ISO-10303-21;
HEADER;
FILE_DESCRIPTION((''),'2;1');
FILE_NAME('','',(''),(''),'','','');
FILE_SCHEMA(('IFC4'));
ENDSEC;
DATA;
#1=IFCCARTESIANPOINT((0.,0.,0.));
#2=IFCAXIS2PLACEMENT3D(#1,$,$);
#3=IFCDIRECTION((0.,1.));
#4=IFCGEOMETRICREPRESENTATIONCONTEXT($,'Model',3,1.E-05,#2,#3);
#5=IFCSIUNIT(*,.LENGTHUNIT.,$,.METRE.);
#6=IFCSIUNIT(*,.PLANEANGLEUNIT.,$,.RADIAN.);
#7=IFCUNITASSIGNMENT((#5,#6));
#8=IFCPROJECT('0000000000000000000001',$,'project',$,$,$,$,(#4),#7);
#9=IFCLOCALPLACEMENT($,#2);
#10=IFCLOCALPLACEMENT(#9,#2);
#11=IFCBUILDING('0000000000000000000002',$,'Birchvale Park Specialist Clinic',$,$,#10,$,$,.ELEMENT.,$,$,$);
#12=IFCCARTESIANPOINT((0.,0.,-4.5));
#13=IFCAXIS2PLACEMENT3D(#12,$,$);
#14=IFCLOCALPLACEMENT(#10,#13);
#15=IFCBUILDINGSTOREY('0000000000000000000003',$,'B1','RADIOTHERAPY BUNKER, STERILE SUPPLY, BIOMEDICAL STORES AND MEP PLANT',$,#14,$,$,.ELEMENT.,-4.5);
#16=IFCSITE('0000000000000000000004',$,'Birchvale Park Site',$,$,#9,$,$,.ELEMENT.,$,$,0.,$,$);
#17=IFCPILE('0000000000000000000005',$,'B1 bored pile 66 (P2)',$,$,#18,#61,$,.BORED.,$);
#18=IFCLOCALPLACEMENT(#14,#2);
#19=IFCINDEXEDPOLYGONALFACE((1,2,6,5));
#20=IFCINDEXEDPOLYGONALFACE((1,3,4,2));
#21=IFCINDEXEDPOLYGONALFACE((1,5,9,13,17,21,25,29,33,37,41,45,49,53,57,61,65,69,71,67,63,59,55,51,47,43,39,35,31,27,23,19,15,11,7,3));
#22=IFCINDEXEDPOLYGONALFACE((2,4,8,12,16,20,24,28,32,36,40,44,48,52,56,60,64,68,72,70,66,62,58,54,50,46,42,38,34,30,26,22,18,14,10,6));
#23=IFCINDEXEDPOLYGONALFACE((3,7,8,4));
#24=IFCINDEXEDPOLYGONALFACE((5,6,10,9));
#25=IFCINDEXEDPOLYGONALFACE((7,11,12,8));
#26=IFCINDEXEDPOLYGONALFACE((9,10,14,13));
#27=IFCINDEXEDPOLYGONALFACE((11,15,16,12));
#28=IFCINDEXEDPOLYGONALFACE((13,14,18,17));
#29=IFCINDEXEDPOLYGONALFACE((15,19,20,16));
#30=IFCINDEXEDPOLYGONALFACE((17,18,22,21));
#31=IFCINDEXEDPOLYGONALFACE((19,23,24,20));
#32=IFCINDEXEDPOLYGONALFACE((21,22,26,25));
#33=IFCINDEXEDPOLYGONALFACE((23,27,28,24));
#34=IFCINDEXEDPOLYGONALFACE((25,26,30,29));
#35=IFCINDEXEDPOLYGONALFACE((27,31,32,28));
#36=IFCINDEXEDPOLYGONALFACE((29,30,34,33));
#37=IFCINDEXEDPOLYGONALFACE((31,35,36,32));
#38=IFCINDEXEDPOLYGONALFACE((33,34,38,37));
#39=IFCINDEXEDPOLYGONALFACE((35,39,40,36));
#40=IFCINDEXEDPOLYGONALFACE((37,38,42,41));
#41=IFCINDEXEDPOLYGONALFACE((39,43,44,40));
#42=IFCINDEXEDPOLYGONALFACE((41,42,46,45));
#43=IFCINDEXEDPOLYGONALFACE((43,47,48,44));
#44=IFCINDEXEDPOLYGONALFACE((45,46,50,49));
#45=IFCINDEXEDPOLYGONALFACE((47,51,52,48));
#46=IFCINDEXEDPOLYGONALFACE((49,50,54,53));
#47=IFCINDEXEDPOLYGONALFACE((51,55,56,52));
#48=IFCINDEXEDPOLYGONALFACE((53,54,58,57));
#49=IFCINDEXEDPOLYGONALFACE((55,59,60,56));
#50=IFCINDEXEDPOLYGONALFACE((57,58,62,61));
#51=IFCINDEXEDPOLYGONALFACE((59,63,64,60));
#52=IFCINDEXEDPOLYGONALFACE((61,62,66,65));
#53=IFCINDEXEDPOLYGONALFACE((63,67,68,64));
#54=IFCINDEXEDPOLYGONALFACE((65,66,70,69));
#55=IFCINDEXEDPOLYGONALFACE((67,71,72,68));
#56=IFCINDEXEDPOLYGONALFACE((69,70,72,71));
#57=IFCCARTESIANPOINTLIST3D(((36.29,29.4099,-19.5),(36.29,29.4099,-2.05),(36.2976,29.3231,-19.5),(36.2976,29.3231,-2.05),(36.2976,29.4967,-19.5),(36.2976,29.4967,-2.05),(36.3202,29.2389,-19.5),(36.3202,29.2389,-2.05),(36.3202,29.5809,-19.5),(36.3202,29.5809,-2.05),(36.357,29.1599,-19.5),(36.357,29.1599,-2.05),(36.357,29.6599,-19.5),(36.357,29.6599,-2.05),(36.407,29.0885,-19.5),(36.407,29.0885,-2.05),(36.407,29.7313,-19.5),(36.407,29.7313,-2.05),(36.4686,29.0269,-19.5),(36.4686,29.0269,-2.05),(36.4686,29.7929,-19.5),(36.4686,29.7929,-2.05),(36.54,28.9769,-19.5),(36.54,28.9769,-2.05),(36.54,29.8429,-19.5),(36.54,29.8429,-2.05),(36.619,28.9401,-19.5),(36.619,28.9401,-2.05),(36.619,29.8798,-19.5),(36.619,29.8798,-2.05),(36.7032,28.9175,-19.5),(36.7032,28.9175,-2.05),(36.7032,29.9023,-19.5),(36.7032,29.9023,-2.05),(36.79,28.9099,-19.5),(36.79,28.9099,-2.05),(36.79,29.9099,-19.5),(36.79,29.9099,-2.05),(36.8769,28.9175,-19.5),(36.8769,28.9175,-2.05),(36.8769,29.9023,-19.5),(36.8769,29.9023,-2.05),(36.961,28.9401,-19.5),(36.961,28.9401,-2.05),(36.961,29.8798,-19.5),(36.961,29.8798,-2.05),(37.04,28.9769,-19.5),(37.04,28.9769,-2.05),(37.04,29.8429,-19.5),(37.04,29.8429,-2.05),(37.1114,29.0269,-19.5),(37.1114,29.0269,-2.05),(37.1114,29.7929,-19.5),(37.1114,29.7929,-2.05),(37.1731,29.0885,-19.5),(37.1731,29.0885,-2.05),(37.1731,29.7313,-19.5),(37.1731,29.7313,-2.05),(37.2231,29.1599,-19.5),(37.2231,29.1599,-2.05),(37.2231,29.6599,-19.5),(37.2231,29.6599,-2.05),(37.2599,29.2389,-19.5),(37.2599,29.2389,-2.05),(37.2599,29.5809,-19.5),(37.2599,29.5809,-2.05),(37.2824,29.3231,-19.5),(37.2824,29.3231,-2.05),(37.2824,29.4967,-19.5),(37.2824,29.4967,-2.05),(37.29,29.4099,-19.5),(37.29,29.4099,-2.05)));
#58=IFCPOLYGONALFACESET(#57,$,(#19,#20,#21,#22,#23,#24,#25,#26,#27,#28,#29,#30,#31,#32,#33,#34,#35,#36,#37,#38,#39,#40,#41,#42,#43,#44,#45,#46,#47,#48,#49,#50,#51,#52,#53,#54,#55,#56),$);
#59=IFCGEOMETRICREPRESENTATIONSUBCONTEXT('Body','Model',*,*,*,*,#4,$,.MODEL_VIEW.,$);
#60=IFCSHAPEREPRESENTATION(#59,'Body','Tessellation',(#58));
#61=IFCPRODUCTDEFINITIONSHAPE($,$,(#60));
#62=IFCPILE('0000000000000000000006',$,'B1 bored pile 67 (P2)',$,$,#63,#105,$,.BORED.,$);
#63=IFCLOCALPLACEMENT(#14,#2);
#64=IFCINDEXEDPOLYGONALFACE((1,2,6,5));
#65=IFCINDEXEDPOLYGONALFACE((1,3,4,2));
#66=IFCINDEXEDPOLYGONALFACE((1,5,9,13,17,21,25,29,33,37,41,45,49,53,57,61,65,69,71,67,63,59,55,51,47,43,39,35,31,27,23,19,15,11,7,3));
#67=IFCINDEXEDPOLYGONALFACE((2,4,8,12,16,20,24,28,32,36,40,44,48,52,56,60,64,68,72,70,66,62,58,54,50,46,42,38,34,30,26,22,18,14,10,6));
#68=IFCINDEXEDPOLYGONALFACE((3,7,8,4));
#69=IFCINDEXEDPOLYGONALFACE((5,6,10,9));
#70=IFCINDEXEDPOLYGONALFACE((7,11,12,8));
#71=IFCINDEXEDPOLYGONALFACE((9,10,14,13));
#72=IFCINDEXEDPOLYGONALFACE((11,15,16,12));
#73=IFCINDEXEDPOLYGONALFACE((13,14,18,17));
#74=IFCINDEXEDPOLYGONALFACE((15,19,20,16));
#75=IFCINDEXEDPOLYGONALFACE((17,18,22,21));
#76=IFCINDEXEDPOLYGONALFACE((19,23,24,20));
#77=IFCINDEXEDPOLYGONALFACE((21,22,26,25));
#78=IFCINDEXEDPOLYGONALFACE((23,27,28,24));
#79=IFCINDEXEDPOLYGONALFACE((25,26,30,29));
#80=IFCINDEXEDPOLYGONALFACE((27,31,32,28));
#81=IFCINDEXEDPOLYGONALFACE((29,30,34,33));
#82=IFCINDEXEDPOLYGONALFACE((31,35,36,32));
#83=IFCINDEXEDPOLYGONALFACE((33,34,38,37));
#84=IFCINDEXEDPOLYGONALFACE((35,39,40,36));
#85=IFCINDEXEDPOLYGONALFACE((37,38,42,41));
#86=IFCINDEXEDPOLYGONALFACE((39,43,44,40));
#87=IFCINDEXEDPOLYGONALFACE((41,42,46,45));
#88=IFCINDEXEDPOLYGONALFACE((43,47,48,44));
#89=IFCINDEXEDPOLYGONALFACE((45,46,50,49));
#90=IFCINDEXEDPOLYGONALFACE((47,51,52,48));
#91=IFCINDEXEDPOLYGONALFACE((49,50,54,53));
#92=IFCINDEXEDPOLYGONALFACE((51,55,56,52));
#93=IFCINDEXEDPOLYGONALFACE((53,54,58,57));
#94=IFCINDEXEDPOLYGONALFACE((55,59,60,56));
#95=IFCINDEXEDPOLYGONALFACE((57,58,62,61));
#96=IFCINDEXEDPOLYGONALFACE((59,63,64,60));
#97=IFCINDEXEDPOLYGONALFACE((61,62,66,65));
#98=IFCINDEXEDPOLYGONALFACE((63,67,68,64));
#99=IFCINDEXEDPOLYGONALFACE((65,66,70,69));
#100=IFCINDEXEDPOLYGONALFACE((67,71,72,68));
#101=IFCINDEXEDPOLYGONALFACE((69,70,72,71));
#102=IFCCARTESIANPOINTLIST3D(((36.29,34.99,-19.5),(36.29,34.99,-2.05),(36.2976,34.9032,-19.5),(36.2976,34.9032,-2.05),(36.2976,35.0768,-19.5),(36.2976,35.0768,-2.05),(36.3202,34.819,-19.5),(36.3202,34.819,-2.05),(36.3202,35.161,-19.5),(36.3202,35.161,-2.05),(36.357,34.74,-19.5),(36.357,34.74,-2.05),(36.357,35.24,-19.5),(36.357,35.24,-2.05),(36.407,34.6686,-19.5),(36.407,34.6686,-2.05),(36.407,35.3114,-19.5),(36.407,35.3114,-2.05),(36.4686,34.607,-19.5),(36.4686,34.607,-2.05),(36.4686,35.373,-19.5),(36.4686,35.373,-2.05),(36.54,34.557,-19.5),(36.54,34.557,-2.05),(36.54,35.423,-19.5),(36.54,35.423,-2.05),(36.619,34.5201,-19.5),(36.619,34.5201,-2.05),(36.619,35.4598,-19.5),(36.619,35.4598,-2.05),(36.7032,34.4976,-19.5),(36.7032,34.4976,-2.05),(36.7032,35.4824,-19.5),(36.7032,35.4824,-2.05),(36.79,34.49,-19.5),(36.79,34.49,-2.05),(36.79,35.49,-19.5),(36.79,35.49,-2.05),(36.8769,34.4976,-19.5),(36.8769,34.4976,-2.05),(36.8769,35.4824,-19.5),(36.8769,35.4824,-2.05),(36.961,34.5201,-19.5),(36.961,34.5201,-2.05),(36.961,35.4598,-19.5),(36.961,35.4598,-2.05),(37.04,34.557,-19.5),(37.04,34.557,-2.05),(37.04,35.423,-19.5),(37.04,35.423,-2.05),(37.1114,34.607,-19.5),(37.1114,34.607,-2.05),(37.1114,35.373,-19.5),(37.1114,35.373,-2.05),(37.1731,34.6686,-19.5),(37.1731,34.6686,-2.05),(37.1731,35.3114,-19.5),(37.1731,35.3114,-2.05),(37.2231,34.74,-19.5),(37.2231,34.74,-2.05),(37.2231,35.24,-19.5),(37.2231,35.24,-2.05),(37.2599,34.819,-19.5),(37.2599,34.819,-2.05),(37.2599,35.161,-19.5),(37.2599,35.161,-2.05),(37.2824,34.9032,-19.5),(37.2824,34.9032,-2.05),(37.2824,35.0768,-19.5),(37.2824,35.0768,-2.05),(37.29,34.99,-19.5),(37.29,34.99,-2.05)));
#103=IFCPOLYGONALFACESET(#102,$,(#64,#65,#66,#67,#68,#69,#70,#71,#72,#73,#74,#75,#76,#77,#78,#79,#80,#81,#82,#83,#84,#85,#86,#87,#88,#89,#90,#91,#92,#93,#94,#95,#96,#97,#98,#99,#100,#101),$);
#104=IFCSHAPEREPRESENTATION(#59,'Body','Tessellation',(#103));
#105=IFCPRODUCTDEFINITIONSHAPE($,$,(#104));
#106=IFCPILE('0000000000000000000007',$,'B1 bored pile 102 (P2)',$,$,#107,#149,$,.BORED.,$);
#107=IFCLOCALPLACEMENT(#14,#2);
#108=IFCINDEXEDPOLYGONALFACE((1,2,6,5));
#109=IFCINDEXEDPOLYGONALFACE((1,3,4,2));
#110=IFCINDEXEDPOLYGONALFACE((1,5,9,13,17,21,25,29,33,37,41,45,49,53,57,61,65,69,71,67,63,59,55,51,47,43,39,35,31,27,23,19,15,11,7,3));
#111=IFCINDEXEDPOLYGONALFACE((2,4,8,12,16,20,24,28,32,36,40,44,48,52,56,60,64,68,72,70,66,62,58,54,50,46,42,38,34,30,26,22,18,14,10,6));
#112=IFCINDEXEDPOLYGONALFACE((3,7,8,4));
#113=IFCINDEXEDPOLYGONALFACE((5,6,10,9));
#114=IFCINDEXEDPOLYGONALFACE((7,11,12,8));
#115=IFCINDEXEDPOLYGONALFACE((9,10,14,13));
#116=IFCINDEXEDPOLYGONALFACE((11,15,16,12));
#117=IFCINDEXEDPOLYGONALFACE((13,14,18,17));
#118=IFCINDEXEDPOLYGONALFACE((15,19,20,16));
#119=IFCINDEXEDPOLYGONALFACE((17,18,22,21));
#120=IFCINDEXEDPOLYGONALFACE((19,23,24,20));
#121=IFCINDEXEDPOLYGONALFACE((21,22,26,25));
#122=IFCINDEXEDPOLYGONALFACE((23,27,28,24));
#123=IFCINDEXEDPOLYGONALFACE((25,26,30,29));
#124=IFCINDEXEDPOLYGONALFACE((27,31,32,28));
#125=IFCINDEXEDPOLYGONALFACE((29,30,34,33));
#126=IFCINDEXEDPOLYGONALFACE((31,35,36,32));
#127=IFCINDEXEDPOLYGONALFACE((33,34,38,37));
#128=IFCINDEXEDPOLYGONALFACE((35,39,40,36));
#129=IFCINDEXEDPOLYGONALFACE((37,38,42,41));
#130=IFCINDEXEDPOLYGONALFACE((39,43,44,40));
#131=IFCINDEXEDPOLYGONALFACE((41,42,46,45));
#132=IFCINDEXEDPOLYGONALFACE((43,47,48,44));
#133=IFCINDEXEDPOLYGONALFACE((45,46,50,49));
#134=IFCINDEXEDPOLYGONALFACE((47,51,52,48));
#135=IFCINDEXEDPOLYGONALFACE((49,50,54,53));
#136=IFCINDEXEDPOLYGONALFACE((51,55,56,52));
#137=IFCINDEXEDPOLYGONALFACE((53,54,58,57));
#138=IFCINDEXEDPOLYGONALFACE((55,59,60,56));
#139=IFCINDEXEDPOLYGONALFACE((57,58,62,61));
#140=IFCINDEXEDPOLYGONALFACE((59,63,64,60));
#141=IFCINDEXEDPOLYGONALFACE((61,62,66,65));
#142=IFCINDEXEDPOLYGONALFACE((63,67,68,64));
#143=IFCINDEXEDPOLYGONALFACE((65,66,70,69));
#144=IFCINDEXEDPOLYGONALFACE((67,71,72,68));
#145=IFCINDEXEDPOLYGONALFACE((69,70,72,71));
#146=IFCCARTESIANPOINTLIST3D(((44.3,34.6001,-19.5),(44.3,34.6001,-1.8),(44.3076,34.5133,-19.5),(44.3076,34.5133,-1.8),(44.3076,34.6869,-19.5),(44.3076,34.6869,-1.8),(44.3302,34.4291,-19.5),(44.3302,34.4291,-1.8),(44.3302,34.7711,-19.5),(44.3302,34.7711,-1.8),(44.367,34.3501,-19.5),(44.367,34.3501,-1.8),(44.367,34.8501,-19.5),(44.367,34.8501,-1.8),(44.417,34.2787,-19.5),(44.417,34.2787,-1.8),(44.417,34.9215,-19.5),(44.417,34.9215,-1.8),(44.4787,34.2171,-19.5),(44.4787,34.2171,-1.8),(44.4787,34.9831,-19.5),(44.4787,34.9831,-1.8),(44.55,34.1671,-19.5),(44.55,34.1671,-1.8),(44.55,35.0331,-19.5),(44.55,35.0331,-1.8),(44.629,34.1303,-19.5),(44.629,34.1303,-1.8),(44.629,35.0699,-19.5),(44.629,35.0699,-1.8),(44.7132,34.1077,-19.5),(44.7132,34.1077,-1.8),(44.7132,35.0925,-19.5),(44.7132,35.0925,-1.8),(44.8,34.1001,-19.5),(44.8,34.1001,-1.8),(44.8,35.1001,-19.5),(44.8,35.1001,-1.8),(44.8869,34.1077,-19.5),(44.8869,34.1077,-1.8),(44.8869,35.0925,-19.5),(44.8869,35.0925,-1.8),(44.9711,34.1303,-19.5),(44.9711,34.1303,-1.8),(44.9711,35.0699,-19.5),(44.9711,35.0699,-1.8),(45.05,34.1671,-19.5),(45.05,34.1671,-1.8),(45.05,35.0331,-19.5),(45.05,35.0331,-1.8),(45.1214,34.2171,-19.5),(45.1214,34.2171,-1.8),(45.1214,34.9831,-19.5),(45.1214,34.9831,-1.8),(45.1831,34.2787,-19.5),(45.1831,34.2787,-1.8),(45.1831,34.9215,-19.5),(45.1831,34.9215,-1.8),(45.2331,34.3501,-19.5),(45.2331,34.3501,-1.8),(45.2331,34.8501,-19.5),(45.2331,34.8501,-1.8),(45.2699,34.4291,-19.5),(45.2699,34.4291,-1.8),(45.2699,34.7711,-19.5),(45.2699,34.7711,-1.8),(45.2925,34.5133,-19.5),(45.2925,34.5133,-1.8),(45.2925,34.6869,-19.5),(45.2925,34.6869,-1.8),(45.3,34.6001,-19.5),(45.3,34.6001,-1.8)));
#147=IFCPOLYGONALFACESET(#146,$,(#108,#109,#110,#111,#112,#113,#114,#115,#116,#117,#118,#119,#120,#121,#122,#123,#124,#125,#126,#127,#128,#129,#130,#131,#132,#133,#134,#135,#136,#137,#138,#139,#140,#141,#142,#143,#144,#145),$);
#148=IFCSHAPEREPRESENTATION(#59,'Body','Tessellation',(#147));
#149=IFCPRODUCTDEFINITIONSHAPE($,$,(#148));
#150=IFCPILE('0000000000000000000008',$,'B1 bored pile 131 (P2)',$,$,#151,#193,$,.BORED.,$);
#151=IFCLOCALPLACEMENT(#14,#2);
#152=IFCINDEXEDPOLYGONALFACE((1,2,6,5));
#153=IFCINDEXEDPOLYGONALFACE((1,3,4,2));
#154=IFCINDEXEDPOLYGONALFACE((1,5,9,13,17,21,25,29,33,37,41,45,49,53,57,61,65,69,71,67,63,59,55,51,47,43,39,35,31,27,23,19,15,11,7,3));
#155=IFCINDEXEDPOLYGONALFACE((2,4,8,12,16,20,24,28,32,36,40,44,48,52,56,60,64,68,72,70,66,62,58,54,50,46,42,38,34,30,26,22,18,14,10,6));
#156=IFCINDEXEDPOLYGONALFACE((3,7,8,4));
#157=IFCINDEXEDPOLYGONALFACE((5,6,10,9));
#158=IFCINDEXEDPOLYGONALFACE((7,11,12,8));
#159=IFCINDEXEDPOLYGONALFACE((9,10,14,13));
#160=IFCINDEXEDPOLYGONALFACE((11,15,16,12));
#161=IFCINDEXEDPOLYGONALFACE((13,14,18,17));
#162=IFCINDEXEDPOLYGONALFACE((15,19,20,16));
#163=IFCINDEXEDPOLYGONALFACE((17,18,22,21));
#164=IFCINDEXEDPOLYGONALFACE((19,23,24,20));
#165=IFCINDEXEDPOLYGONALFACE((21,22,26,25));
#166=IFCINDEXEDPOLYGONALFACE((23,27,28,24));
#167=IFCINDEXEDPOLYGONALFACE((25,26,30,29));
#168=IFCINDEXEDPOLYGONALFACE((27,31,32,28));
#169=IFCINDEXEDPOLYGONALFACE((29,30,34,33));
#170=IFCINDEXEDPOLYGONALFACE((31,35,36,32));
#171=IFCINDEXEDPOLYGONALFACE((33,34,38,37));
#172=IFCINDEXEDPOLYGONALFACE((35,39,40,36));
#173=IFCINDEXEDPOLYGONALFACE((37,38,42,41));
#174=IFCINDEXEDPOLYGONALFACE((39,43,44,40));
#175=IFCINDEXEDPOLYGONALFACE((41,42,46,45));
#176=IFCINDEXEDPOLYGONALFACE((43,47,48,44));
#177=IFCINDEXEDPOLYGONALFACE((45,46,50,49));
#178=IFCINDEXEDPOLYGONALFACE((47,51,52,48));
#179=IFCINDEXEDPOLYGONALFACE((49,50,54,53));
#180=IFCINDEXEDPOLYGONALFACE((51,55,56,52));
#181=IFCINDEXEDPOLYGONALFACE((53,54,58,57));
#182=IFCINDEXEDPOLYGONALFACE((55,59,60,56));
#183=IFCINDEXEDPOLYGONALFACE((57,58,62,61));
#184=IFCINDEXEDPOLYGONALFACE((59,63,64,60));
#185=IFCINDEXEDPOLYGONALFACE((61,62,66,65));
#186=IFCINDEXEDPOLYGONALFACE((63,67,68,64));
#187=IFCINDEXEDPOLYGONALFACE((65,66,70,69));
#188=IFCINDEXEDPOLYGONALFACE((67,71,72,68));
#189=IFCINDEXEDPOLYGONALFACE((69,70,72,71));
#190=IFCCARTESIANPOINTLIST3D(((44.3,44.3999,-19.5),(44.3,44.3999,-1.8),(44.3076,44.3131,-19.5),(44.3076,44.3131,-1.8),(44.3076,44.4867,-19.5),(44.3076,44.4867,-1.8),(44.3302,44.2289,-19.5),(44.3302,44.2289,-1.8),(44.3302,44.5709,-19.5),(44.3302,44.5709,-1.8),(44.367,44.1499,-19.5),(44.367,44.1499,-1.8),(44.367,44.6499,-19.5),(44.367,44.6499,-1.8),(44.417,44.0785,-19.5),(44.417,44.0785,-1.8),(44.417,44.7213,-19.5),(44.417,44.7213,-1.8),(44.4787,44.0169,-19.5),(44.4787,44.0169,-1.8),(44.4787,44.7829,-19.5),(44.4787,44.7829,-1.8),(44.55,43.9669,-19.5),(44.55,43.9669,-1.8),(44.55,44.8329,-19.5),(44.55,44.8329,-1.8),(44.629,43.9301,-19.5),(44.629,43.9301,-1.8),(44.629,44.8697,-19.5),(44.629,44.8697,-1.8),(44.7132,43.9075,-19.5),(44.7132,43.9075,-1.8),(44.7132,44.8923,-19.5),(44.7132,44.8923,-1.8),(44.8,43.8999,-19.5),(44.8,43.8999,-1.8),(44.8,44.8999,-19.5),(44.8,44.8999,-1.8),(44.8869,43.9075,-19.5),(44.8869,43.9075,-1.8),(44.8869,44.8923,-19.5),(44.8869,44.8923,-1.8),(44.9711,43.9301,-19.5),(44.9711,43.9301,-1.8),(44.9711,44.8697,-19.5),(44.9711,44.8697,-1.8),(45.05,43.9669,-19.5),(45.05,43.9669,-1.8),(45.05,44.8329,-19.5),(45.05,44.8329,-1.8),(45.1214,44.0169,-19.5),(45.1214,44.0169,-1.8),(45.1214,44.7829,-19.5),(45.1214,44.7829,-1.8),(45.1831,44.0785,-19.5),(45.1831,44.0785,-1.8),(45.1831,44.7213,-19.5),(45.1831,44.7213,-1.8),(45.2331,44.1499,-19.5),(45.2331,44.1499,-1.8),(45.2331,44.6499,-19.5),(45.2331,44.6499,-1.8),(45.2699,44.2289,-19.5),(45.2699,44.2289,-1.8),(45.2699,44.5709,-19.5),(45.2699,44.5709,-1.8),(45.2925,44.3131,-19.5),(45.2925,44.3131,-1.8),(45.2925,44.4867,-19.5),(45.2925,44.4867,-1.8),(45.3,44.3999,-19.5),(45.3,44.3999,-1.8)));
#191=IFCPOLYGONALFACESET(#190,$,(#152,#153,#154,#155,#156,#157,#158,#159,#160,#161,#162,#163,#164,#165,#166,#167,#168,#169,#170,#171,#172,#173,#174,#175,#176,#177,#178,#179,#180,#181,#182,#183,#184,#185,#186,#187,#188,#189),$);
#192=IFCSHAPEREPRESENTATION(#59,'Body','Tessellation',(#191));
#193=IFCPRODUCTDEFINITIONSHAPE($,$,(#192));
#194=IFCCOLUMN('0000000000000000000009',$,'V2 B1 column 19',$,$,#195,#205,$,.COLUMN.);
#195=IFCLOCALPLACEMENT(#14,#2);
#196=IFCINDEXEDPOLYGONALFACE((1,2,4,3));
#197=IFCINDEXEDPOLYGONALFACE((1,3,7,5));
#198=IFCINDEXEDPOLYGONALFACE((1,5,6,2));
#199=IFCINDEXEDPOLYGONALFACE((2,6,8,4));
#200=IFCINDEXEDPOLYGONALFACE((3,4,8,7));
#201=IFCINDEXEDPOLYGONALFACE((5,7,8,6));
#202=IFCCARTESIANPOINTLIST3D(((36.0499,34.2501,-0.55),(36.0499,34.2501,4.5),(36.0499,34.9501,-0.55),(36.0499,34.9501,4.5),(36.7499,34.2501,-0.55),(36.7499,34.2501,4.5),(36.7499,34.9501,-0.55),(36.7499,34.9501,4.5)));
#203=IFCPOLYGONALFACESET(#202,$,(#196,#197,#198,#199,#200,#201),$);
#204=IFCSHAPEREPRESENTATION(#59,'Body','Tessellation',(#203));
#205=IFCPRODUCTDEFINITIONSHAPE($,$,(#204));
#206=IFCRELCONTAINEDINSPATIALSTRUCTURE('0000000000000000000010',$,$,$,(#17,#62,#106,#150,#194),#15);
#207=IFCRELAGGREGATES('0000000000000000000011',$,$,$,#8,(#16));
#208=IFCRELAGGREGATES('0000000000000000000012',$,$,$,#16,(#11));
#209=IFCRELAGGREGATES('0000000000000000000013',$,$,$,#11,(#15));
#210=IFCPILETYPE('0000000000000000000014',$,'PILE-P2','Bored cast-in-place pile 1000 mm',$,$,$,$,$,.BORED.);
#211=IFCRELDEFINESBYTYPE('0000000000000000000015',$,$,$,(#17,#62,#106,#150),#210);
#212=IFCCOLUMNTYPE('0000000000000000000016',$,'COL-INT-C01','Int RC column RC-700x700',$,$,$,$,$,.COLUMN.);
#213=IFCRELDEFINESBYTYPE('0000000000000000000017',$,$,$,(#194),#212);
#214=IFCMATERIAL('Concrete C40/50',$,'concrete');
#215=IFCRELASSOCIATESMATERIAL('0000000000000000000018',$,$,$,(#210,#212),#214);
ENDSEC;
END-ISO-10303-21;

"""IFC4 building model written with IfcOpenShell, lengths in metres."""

from ifc_helpers import new_model, si_unit, direction, frame, origin, origin_2d, place, context, subcontext, project, spatial, rectangle, circle, extrude, material, material_profile, profile_set, type_object, element, save


model = new_model("IFC4")

# Units and contexts
model_context = context("Model", 3, precision=1e-05, world=origin(), true_north=direction((0.0, 1.0)))
body_context = subcontext(model_context, "Body", "Model", "MODEL_VIEW")
ifc_project = project(units=[si_unit("LENGTHUNIT", "METRE"), si_unit("PLANEANGLEUNIT", "RADIAN")], contexts=[model_context])

# Site, building, storey
site_placement = place(None, origin())
site = spatial("IfcSite", under=ifc_project, at=site_placement, Name="Birchvale Park Site", CompositionType="ELEMENT", RefElevation=0.0)
building_placement = place(site_placement, origin())
building = spatial("IfcBuilding", under=site, at=building_placement, Name="Birchvale Park Specialist Clinic", CompositionType="ELEMENT")
storey_placement = place(building_placement, frame((0.0, 0.0, -4.5)))
storey = spatial("IfcBuildingStorey", under=building, at=storey_placement, Name="B1", Description="RADIOTHERAPY BUNKER, STERILE SUPPLY, BIOMEDICAL STORES AND MEP PLANT", CompositionType="ELEMENT", Elevation=-4.5)

# Shared definitions
ifc_material_1 = material(Name="Concrete C40/50", Category="concrete")

# Piles
ifc_material_profile_1 = material_profile(ifc_material_1, circle(Radius=0.5, at=origin_2d()), Name="PILE-1000")
ifc_profile_set_1 = profile_set([ifc_material_profile_1], Name="Concrete C40/50")
pile_type_1 = type_object("IfcPileType", Name="PILE-P2", Description="Bored cast-in-place pile 1000 mm", PredefinedType="BORED", material=ifc_profile_set_1)
for number, where, z_axis, x_axis, name in (
    (1, (36.79, 29.4099, -2.05), (0.0, 0.0, -1.0), (1.0, 0.0, 0.0), "B1 bored pile 66 (P2)"),
    (2, (36.79, 34.99, -2.05), (0.0, 0.0, -1.0), (1.0, 0.0, 0.0), "B1 bored pile 67 (P2)"),
):
    element("IfcPile", number, at=place(storey_placement, frame(where, z_axis=z_axis, x_axis=x_axis)), inside=storey, type_object=pile_type_1, Name=name, PredefinedType="BORED", context=body_context, shape_type="SweptSolid", body=[
        extrude(circle(Radius=0.5, at=origin_2d()), origin(), (0.0, 0.0, 1.0), 17.45),
    ])
for number, where, z_axis, x_axis, name in (
    (3, (44.8, 34.6001, -1.8), (0.0, 0.0, -1.0), (1.0, 0.0, 0.0), "B1 bored pile 102 (P2)"),
    (4, (44.8, 44.3999, -1.8), (0.0, 0.0, -1.0), (1.0, 0.0, 0.0), "B1 bored pile 131 (P2)"),
):
    element("IfcPile", number, at=place(storey_placement, frame(where, z_axis=z_axis, x_axis=x_axis)), inside=storey, type_object=pile_type_1, Name=name, PredefinedType="BORED", context=body_context, shape_type="SweptSolid", body=[
        extrude(circle(Radius=0.5, at=origin_2d()), origin(), (0.0, 0.0, 1.0), 17.7),
    ])

# Column
ifc_material_profile_2 = material_profile(ifc_material_1, rectangle(XDim=0.7, YDim=0.7, at=origin_2d()), Name="RC-700x700")
ifc_profile_set_2 = profile_set([ifc_material_profile_2], Name="Concrete C40/50")
column_type_1 = type_object("IfcColumnType", Name="COL-INT-C01", Description="Int RC column RC-700x700", PredefinedType="COLUMN", material=ifc_profile_set_2)
column_1_placement = place(storey_placement, frame((36.3999, 34.6001, -0.55), z_axis=(0.0, 0.0, 1.0), x_axis=(1.0, 0.0, 0.0)))
element("IfcColumn", 5, at=column_1_placement, inside=storey, type_object=column_type_1, Name="V2 B1 column 19", PredefinedType="COLUMN", context=body_context, shape_type="SweptSolid", body=[
    extrude(rectangle(XDim=0.7, YDim=0.7, at=origin_2d()), origin(), (0.0, 0.0, 1.0), 5.05),
])

save(model, "model.ifc")
